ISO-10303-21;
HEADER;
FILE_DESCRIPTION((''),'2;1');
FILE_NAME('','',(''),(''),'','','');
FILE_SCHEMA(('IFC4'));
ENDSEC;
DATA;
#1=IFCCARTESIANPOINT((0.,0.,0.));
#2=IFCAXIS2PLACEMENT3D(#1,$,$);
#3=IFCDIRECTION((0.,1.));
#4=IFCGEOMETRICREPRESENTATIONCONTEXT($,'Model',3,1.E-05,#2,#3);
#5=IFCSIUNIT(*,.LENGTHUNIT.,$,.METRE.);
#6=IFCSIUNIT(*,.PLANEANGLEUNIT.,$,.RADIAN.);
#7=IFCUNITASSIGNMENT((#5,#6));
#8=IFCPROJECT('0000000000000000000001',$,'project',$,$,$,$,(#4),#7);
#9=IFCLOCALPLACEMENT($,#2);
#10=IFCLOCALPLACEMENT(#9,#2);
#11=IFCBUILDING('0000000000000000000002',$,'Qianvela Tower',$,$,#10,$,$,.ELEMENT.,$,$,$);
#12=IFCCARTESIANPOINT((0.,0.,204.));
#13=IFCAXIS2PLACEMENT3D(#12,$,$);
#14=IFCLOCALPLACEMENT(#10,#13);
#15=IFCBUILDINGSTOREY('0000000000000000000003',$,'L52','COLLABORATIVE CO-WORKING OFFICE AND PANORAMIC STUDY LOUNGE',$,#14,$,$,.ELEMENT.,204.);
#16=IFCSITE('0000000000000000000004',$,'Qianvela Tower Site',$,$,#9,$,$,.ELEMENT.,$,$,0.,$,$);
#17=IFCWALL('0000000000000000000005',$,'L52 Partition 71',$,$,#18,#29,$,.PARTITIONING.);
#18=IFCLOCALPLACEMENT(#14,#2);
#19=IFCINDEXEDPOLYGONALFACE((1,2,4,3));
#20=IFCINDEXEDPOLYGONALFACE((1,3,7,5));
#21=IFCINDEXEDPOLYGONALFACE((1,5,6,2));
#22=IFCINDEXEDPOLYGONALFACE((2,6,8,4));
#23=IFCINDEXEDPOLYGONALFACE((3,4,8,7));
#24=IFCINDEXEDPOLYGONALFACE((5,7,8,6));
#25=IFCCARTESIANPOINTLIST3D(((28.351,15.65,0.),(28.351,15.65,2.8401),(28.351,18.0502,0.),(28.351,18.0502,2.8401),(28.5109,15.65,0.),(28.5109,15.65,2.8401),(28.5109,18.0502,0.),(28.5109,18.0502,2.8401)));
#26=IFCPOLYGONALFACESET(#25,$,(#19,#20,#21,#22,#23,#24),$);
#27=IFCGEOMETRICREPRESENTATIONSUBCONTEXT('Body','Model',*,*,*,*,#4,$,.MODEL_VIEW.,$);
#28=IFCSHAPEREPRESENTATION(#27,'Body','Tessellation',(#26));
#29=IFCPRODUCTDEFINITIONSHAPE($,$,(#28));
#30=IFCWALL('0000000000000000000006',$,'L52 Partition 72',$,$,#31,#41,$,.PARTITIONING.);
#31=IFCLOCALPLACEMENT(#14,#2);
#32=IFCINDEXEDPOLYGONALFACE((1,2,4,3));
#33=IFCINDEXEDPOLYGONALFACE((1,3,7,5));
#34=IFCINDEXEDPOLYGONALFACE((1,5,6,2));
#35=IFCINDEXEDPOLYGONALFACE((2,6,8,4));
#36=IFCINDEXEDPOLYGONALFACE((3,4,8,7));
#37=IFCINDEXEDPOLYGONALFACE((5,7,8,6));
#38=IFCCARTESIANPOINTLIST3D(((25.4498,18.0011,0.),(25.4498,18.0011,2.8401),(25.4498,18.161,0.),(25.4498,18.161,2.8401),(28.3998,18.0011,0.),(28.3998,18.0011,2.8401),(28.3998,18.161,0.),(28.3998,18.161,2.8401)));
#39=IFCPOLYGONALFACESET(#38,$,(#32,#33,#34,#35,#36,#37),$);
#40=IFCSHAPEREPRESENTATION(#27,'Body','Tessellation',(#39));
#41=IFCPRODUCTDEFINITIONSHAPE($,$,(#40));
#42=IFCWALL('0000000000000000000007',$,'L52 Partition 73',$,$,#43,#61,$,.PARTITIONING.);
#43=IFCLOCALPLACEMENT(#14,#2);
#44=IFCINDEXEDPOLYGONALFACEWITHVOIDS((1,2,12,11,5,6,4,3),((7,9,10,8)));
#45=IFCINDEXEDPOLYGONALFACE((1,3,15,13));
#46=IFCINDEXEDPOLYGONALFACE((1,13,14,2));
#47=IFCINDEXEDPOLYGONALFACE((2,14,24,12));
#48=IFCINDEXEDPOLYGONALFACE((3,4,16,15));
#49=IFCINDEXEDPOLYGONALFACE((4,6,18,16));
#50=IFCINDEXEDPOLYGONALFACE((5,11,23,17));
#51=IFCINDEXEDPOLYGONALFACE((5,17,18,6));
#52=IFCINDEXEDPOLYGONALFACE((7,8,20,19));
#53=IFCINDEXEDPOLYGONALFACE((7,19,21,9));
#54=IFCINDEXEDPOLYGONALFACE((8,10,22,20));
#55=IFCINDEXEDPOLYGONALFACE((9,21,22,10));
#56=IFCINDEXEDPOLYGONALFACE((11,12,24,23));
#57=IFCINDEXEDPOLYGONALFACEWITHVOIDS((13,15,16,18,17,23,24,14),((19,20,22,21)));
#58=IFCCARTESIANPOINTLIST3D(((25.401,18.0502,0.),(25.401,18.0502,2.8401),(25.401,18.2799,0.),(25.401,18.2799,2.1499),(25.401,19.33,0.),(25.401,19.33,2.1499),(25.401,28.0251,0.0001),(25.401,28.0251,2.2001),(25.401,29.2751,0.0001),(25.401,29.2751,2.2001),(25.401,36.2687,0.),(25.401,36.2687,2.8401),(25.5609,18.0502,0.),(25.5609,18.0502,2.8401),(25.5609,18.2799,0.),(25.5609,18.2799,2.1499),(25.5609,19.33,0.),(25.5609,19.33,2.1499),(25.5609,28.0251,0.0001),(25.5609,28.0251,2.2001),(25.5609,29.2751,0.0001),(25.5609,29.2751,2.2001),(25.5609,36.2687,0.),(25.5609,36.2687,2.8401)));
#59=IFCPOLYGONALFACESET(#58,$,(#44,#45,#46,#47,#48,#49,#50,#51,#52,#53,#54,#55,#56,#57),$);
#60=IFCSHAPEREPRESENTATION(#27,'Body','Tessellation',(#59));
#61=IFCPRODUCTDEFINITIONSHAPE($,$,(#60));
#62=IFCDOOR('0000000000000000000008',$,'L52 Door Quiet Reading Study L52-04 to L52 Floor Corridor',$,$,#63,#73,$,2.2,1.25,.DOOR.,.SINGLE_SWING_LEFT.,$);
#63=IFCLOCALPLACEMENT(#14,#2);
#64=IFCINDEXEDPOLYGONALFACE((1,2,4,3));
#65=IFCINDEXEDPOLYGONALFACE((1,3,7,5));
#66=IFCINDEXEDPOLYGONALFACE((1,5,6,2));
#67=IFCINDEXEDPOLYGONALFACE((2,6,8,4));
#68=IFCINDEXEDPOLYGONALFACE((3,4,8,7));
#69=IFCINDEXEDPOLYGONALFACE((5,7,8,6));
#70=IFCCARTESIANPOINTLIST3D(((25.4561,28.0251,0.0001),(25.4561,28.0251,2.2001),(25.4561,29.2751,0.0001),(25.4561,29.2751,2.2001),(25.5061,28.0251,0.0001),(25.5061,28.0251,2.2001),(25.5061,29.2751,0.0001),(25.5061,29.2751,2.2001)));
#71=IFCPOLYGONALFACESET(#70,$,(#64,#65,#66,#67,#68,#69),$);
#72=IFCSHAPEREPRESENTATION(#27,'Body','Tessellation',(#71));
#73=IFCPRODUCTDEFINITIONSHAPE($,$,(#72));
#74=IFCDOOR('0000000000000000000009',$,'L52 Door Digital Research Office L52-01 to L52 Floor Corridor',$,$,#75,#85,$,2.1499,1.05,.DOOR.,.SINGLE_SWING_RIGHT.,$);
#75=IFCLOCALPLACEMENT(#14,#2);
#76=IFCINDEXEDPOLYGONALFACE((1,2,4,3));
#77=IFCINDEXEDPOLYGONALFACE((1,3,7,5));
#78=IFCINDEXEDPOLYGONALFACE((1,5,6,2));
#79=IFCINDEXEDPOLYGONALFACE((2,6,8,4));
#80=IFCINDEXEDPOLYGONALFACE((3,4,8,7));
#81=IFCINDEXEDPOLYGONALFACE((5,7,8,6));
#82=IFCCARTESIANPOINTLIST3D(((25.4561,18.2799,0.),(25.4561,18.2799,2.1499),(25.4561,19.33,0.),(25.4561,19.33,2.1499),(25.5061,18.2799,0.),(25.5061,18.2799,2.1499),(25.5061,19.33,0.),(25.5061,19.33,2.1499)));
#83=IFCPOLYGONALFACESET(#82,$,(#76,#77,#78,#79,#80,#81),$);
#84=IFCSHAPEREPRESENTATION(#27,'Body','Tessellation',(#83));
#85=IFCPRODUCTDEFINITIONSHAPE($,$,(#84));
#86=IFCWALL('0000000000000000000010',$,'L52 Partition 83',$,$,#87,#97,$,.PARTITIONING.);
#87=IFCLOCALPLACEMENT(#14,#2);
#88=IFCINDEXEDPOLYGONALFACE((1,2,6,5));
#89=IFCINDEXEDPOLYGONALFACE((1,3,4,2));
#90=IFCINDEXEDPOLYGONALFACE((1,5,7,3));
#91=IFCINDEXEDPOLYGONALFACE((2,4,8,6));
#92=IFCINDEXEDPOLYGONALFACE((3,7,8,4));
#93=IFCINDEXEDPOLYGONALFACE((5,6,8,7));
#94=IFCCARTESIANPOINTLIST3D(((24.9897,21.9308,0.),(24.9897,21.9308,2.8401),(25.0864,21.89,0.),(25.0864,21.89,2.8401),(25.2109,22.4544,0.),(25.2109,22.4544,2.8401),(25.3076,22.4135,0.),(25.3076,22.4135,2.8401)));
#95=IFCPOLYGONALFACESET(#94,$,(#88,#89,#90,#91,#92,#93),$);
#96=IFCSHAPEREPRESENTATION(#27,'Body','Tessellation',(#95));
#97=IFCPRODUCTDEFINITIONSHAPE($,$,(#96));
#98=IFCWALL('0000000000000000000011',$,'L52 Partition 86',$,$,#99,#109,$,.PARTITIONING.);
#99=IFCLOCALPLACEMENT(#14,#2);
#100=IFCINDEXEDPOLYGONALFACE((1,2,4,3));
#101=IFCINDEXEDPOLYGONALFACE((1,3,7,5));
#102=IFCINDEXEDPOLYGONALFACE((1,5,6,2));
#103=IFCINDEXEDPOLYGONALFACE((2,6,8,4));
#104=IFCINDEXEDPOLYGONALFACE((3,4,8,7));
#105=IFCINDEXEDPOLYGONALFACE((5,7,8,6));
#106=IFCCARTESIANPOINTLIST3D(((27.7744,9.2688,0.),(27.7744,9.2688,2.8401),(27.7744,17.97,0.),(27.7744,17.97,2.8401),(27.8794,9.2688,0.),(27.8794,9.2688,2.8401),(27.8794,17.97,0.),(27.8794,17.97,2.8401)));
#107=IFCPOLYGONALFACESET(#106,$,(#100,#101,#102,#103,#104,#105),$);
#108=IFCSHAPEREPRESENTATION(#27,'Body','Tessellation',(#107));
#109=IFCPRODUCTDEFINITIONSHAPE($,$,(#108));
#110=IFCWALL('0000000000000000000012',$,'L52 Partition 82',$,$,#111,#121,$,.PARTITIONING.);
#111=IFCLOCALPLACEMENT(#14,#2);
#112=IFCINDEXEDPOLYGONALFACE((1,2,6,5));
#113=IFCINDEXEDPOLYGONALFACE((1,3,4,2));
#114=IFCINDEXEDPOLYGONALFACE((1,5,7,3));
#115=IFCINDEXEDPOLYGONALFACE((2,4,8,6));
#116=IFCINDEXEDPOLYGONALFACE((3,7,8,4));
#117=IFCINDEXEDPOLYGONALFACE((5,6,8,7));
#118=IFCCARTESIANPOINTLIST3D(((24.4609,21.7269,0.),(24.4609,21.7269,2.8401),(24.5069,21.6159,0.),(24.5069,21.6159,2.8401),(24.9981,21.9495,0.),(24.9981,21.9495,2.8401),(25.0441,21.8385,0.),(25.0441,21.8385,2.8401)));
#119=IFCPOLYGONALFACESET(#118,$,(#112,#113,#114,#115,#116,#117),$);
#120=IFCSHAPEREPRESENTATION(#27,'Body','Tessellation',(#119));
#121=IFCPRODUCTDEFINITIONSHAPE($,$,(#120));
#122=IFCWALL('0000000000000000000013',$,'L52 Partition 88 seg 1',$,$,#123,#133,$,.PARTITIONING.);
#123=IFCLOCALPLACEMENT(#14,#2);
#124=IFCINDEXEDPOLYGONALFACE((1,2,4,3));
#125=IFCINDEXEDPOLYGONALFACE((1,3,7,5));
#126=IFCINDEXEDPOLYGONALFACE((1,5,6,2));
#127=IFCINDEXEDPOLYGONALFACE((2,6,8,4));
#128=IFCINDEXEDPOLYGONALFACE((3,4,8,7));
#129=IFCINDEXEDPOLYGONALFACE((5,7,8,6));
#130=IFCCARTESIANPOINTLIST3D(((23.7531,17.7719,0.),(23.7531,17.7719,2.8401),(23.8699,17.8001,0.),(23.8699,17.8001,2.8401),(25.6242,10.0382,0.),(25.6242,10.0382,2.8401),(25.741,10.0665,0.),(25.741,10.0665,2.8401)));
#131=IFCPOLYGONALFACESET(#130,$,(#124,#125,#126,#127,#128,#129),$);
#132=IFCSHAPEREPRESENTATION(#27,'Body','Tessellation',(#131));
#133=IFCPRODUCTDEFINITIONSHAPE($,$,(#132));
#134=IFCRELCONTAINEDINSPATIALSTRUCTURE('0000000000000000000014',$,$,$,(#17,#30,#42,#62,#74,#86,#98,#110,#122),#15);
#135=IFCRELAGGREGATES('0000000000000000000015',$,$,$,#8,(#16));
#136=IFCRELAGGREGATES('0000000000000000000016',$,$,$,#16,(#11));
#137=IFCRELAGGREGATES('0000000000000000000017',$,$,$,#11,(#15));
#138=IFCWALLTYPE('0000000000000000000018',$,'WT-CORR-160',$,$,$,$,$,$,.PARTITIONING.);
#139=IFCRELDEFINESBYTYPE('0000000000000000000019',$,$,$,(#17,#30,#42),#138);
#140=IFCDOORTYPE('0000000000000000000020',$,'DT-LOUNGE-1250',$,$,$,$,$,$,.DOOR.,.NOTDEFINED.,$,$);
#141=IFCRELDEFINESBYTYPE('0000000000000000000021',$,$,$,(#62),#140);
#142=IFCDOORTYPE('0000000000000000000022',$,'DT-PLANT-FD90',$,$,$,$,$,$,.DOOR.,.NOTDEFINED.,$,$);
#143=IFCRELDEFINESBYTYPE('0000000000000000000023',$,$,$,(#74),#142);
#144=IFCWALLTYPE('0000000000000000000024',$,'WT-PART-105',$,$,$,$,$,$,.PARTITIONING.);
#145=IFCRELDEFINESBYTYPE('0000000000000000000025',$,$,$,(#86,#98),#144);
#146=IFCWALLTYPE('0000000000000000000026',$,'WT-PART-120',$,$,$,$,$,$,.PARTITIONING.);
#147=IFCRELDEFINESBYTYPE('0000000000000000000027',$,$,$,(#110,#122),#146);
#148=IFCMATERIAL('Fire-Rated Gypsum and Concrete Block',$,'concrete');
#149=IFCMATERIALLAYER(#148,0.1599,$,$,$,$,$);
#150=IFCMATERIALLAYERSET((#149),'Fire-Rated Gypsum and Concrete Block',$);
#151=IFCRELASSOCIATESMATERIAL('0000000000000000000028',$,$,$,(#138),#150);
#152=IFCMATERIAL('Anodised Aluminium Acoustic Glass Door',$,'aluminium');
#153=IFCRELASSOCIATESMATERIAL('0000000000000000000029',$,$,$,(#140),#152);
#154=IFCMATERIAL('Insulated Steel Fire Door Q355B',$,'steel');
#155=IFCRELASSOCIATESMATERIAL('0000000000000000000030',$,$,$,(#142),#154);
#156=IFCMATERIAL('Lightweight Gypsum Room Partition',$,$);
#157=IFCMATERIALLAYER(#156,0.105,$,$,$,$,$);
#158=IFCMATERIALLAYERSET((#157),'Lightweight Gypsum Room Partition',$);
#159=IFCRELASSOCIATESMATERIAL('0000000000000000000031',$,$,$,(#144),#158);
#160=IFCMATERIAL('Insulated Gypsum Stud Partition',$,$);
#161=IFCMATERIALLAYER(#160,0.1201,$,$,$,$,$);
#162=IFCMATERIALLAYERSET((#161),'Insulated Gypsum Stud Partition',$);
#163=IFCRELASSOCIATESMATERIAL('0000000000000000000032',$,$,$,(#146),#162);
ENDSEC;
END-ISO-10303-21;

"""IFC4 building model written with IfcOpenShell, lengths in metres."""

from ifc_helpers import new_model, si_unit, direction, frame, frame_2d, origin, place, context, subcontext, project, spatial, rectangle, extrude, material, layer, layer_set, type_object, element, fill, save


model = new_model("IFC4")

# Units and contexts
model_context = context("Model", 3, precision=1e-05, world=origin(), true_north=direction((0.0, 1.0)))
body_context = subcontext(model_context, "Body", "Model", "MODEL_VIEW")
ifc_project = project(units=[si_unit("LENGTHUNIT", "METRE"), si_unit("PLANEANGLEUNIT", "RADIAN")], contexts=[model_context])

# Site, building, storey
site_placement = place(None, origin())
site = spatial("IfcSite", under=ifc_project, at=site_placement, Name="Qianvela Tower Site", CompositionType="ELEMENT", RefElevation=0.0)
building_placement = place(site_placement, origin())
building = spatial("IfcBuilding", under=site, at=building_placement, Name="Qianvela Tower", CompositionType="ELEMENT")
storey_placement = place(building_placement, frame((0.0, 0.0, 204.0)))
storey = spatial("IfcBuildingStorey", under=building, at=storey_placement, Name="L52", Description="COLLABORATIVE CO-WORKING OFFICE AND PANORAMIC STUDY LOUNGE", CompositionType="ELEMENT", Elevation=204.0)

# Walls
ifc_material_1 = material(Name="Fire-Rated Gypsum and Concrete Block", Category="concrete")
ifc_layer_1 = layer(ifc_material_1, 0.1599)
ifc_layer_set_1 = layer_set([ifc_layer_1], Name="Fire-Rated Gypsum and Concrete Block")
wall_type_1 = type_object("IfcWallType", Name="WT-CORR-160", PredefinedType="PARTITIONING", material=ifc_layer_set_1)
wall_1_placement = place(storey_placement, frame((28.4309, 15.6499, 0.0), z_axis=(0.0, 0.0, 1.0), x_axis=(0.0, 1.0, 0.0)))
element("IfcWall", 1, at=wall_1_placement, inside=storey, type_object=wall_type_1, Name="L52 Partition 71", PredefinedType="PARTITIONING", context=body_context, shape_type="SweptSolid", body=[
    extrude(rectangle(XDim=2.4001, YDim=0.1599, at=frame_2d((1.2002, 0.0))), origin(), (0.0, 0.0, 1.0), 2.8401),
])
wall_2_placement = place(storey_placement, frame((28.3999, 18.0811, 0.0), z_axis=(0.0, 0.0, 1.0), x_axis=(-1.0, 0.0, 0.0)))
element("IfcWall", 2, at=wall_2_placement, inside=storey, type_object=wall_type_1, Name="L52 Partition 72", PredefinedType="PARTITIONING", context=body_context, shape_type="SweptSolid", body=[
    extrude(rectangle(XDim=2.95, YDim=0.1599, at=frame_2d((1.4751, 0.0))), origin(), (0.0, 0.0, 1.0), 2.8401),
])

# Wall, openings, doors
wall_3_placement = place(storey_placement, frame((25.481, 18.05, 0.0), z_axis=(0.0, 0.0, 1.0), x_axis=(0.0, 1.0, 0.0)))
wall_3 = element("IfcWall", 3, at=wall_3_placement, inside=storey, type_object=wall_type_1, Name="L52 Partition 73", PredefinedType="PARTITIONING", context=body_context, shape_type="SweptSolid", body=[
    extrude(rectangle(XDim=18.2185, YDim=0.1599, at=frame_2d((9.1094, 0.0))), origin(), (0.0, 0.0, 1.0), 2.8401),
])
opening_1_placement = place(wall_3_placement, frame((0.23, 0.0, 0.0)))
opening_1 = element("IfcOpeningElement", 4, at=opening_1_placement, cuts=wall_3, PredefinedType="OPENING", context=body_context, shape_type="SweptSolid", body=[
    extrude(rectangle(XDim=1.05, YDim=2.1499, at=frame_2d((0.5249, 1.075))), frame((0.0, 0.0898, 0.0), z_axis=(0.0, -1.0, 0.0), x_axis=(1.0, 0.0, 0.0)), (0.0, 0.0, 1.0), 0.1799),
])
opening_2_placement = place(wall_3_placement, frame((9.9751, 0.0, 0.0)))
opening_2 = element("IfcOpeningElement", 5, at=opening_2_placement, cuts=wall_3, PredefinedType="OPENING", context=body_context, shape_type="SweptSolid", body=[
    extrude(rectangle(XDim=1.25, YDim=2.2, at=frame_2d((0.625, 1.1001))), frame((0.0, 0.0898, 0.0), z_axis=(0.0, -1.0, 0.0), x_axis=(1.0, 0.0, 0.0)), (0.0, 0.0, 1.0), 0.1799),
])
ifc_material_2 = material(Name="Anodised Aluminium Acoustic Glass Door", Category="aluminium")
door_type_1 = type_object("IfcDoorType", Name="DT-LOUNGE-1250", OperationType="NOTDEFINED", PredefinedType="DOOR", material=ifc_material_2)
door_1_placement = place(opening_2_placement, origin())
door_1 = element("IfcDoor", 6, at=door_1_placement, inside=storey, type_object=door_type_1, Name="L52 Door Quiet Reading Study L52-04 to L52 Floor Corridor", OperationType="SINGLE_SWING_LEFT", OverallHeight=2.2, OverallWidth=1.25, PredefinedType="DOOR", context=body_context, shape_type="SweptSolid", body=[
    extrude(rectangle(XDim=1.25, YDim=2.2, at=frame_2d((0.625, 1.1001))), frame((0.0, 0.0249, 0.0), z_axis=(0.0, -1.0, 0.0), x_axis=(1.0, 0.0, 0.0)), (0.0, 0.0, 1.0), 0.05),
])
fill(opening_2, door_1)
ifc_material_3 = material(Name="Insulated Steel Fire Door Q355B", Category="steel")
door_type_2 = type_object("IfcDoorType", Name="DT-PLANT-FD90", OperationType="NOTDEFINED", PredefinedType="DOOR", material=ifc_material_3)
door_2_placement = place(opening_1_placement, origin())
door_2 = element("IfcDoor", 7, at=door_2_placement, inside=storey, type_object=door_type_2, Name="L52 Door Digital Research Office L52-01 to L52 Floor Corridor", OperationType="SINGLE_SWING_RIGHT", OverallHeight=2.1499, OverallWidth=1.05, PredefinedType="DOOR", context=body_context, shape_type="SweptSolid", body=[
    extrude(rectangle(XDim=1.05, YDim=2.1499, at=frame_2d((0.5249, 1.075))), frame((0.0, 0.0249, 0.0), z_axis=(0.0, -1.0, 0.0), x_axis=(1.0, 0.0, 0.0)), (0.0, 0.0, 1.0), 0.05),
])
fill(opening_1, door_2)

# Walls
ifc_material_4 = material(Name="Lightweight Gypsum Room Partition")
ifc_layer_2 = layer(ifc_material_4, 0.105)
ifc_layer_set_2 = layer_set([ifc_layer_2], Name="Lightweight Gypsum Room Partition")
wall_type_2 = type_object("IfcWallType", Name="WT-PART-105", PredefinedType="PARTITIONING", material=ifc_layer_set_2)
wall_4_placement = place(storey_placement, frame((25.0381, 21.9104, 0.0), z_axis=(0.0, 0.0, 1.0), x_axis=(0.389094, 0.921198, 0.0)))
element("IfcWall", 8, at=wall_4_placement, inside=storey, type_object=wall_type_2, Name="L52 Partition 83", PredefinedType="PARTITIONING", context=body_context, shape_type="SweptSolid", body=[
    extrude(rectangle(XDim=0.5684, YDim=0.105, at=frame_2d((0.2842, 0.0))), origin(), (0.0, 0.0, 1.0), 2.8401),
])
wall_5_placement = place(storey_placement, frame((27.8269, 17.97, 0.0), z_axis=(0.0, 0.0, 1.0), x_axis=(0.0, -1.0, 0.0)))
element("IfcWall", 9, at=wall_5_placement, inside=storey, type_object=wall_type_2, Name="L52 Partition 86", PredefinedType="PARTITIONING", context=body_context, shape_type="SweptSolid", body=[
    extrude(rectangle(XDim=8.7012, YDim=0.105, at=frame_2d((4.3506, 0.0))), origin(), (0.0, 0.0, 1.0), 2.8401),
])
ifc_material_5 = material(Name="Insulated Gypsum Stud Partition")
ifc_layer_3 = layer(ifc_material_5, 0.1201)
ifc_layer_set_3 = layer_set([ifc_layer_3], Name="Insulated Gypsum Stud Partition")
wall_type_3 = type_object("IfcWallType", Name="WT-PART-120", PredefinedType="PARTITIONING", material=ifc_layer_set_3)
wall_6_placement = place(storey_placement, frame((24.4839, 21.6714, 0.0), z_axis=(0.0, 0.0, 1.0), x_axis=(0.923833, 0.382797, 0.0)))
element("IfcWall", 10, at=wall_6_placement, inside=storey, type_object=wall_type_3, Name="L52 Partition 82", PredefinedType="PARTITIONING", context=body_context, shape_type="SweptSolid", body=[
    extrude(rectangle(XDim=0.5815, YDim=0.1201, at=frame_2d((0.2908, 0.0))), origin(), (0.0, 0.0, 1.0), 2.8401),
])
wall_7_placement = place(storey_placement, frame((25.6826, 10.0522, 0.0), z_axis=(0.0, 0.0, 1.0), x_axis=(-0.235157, 0.971957, 0.0)))
element("IfcWall", 11, at=wall_7_placement, inside=storey, type_object=wall_type_3, Name="L52 Partition 88 seg 1", PredefinedType="PARTITIONING", context=body_context, shape_type="SweptSolid", body=[
    extrude(rectangle(XDim=7.9568, YDim=0.1201, at=frame_2d((3.9785, 0.0))), origin(), (0.0, 0.0, 1.0), 2.8401),
])

save(model, "model.ifc")
